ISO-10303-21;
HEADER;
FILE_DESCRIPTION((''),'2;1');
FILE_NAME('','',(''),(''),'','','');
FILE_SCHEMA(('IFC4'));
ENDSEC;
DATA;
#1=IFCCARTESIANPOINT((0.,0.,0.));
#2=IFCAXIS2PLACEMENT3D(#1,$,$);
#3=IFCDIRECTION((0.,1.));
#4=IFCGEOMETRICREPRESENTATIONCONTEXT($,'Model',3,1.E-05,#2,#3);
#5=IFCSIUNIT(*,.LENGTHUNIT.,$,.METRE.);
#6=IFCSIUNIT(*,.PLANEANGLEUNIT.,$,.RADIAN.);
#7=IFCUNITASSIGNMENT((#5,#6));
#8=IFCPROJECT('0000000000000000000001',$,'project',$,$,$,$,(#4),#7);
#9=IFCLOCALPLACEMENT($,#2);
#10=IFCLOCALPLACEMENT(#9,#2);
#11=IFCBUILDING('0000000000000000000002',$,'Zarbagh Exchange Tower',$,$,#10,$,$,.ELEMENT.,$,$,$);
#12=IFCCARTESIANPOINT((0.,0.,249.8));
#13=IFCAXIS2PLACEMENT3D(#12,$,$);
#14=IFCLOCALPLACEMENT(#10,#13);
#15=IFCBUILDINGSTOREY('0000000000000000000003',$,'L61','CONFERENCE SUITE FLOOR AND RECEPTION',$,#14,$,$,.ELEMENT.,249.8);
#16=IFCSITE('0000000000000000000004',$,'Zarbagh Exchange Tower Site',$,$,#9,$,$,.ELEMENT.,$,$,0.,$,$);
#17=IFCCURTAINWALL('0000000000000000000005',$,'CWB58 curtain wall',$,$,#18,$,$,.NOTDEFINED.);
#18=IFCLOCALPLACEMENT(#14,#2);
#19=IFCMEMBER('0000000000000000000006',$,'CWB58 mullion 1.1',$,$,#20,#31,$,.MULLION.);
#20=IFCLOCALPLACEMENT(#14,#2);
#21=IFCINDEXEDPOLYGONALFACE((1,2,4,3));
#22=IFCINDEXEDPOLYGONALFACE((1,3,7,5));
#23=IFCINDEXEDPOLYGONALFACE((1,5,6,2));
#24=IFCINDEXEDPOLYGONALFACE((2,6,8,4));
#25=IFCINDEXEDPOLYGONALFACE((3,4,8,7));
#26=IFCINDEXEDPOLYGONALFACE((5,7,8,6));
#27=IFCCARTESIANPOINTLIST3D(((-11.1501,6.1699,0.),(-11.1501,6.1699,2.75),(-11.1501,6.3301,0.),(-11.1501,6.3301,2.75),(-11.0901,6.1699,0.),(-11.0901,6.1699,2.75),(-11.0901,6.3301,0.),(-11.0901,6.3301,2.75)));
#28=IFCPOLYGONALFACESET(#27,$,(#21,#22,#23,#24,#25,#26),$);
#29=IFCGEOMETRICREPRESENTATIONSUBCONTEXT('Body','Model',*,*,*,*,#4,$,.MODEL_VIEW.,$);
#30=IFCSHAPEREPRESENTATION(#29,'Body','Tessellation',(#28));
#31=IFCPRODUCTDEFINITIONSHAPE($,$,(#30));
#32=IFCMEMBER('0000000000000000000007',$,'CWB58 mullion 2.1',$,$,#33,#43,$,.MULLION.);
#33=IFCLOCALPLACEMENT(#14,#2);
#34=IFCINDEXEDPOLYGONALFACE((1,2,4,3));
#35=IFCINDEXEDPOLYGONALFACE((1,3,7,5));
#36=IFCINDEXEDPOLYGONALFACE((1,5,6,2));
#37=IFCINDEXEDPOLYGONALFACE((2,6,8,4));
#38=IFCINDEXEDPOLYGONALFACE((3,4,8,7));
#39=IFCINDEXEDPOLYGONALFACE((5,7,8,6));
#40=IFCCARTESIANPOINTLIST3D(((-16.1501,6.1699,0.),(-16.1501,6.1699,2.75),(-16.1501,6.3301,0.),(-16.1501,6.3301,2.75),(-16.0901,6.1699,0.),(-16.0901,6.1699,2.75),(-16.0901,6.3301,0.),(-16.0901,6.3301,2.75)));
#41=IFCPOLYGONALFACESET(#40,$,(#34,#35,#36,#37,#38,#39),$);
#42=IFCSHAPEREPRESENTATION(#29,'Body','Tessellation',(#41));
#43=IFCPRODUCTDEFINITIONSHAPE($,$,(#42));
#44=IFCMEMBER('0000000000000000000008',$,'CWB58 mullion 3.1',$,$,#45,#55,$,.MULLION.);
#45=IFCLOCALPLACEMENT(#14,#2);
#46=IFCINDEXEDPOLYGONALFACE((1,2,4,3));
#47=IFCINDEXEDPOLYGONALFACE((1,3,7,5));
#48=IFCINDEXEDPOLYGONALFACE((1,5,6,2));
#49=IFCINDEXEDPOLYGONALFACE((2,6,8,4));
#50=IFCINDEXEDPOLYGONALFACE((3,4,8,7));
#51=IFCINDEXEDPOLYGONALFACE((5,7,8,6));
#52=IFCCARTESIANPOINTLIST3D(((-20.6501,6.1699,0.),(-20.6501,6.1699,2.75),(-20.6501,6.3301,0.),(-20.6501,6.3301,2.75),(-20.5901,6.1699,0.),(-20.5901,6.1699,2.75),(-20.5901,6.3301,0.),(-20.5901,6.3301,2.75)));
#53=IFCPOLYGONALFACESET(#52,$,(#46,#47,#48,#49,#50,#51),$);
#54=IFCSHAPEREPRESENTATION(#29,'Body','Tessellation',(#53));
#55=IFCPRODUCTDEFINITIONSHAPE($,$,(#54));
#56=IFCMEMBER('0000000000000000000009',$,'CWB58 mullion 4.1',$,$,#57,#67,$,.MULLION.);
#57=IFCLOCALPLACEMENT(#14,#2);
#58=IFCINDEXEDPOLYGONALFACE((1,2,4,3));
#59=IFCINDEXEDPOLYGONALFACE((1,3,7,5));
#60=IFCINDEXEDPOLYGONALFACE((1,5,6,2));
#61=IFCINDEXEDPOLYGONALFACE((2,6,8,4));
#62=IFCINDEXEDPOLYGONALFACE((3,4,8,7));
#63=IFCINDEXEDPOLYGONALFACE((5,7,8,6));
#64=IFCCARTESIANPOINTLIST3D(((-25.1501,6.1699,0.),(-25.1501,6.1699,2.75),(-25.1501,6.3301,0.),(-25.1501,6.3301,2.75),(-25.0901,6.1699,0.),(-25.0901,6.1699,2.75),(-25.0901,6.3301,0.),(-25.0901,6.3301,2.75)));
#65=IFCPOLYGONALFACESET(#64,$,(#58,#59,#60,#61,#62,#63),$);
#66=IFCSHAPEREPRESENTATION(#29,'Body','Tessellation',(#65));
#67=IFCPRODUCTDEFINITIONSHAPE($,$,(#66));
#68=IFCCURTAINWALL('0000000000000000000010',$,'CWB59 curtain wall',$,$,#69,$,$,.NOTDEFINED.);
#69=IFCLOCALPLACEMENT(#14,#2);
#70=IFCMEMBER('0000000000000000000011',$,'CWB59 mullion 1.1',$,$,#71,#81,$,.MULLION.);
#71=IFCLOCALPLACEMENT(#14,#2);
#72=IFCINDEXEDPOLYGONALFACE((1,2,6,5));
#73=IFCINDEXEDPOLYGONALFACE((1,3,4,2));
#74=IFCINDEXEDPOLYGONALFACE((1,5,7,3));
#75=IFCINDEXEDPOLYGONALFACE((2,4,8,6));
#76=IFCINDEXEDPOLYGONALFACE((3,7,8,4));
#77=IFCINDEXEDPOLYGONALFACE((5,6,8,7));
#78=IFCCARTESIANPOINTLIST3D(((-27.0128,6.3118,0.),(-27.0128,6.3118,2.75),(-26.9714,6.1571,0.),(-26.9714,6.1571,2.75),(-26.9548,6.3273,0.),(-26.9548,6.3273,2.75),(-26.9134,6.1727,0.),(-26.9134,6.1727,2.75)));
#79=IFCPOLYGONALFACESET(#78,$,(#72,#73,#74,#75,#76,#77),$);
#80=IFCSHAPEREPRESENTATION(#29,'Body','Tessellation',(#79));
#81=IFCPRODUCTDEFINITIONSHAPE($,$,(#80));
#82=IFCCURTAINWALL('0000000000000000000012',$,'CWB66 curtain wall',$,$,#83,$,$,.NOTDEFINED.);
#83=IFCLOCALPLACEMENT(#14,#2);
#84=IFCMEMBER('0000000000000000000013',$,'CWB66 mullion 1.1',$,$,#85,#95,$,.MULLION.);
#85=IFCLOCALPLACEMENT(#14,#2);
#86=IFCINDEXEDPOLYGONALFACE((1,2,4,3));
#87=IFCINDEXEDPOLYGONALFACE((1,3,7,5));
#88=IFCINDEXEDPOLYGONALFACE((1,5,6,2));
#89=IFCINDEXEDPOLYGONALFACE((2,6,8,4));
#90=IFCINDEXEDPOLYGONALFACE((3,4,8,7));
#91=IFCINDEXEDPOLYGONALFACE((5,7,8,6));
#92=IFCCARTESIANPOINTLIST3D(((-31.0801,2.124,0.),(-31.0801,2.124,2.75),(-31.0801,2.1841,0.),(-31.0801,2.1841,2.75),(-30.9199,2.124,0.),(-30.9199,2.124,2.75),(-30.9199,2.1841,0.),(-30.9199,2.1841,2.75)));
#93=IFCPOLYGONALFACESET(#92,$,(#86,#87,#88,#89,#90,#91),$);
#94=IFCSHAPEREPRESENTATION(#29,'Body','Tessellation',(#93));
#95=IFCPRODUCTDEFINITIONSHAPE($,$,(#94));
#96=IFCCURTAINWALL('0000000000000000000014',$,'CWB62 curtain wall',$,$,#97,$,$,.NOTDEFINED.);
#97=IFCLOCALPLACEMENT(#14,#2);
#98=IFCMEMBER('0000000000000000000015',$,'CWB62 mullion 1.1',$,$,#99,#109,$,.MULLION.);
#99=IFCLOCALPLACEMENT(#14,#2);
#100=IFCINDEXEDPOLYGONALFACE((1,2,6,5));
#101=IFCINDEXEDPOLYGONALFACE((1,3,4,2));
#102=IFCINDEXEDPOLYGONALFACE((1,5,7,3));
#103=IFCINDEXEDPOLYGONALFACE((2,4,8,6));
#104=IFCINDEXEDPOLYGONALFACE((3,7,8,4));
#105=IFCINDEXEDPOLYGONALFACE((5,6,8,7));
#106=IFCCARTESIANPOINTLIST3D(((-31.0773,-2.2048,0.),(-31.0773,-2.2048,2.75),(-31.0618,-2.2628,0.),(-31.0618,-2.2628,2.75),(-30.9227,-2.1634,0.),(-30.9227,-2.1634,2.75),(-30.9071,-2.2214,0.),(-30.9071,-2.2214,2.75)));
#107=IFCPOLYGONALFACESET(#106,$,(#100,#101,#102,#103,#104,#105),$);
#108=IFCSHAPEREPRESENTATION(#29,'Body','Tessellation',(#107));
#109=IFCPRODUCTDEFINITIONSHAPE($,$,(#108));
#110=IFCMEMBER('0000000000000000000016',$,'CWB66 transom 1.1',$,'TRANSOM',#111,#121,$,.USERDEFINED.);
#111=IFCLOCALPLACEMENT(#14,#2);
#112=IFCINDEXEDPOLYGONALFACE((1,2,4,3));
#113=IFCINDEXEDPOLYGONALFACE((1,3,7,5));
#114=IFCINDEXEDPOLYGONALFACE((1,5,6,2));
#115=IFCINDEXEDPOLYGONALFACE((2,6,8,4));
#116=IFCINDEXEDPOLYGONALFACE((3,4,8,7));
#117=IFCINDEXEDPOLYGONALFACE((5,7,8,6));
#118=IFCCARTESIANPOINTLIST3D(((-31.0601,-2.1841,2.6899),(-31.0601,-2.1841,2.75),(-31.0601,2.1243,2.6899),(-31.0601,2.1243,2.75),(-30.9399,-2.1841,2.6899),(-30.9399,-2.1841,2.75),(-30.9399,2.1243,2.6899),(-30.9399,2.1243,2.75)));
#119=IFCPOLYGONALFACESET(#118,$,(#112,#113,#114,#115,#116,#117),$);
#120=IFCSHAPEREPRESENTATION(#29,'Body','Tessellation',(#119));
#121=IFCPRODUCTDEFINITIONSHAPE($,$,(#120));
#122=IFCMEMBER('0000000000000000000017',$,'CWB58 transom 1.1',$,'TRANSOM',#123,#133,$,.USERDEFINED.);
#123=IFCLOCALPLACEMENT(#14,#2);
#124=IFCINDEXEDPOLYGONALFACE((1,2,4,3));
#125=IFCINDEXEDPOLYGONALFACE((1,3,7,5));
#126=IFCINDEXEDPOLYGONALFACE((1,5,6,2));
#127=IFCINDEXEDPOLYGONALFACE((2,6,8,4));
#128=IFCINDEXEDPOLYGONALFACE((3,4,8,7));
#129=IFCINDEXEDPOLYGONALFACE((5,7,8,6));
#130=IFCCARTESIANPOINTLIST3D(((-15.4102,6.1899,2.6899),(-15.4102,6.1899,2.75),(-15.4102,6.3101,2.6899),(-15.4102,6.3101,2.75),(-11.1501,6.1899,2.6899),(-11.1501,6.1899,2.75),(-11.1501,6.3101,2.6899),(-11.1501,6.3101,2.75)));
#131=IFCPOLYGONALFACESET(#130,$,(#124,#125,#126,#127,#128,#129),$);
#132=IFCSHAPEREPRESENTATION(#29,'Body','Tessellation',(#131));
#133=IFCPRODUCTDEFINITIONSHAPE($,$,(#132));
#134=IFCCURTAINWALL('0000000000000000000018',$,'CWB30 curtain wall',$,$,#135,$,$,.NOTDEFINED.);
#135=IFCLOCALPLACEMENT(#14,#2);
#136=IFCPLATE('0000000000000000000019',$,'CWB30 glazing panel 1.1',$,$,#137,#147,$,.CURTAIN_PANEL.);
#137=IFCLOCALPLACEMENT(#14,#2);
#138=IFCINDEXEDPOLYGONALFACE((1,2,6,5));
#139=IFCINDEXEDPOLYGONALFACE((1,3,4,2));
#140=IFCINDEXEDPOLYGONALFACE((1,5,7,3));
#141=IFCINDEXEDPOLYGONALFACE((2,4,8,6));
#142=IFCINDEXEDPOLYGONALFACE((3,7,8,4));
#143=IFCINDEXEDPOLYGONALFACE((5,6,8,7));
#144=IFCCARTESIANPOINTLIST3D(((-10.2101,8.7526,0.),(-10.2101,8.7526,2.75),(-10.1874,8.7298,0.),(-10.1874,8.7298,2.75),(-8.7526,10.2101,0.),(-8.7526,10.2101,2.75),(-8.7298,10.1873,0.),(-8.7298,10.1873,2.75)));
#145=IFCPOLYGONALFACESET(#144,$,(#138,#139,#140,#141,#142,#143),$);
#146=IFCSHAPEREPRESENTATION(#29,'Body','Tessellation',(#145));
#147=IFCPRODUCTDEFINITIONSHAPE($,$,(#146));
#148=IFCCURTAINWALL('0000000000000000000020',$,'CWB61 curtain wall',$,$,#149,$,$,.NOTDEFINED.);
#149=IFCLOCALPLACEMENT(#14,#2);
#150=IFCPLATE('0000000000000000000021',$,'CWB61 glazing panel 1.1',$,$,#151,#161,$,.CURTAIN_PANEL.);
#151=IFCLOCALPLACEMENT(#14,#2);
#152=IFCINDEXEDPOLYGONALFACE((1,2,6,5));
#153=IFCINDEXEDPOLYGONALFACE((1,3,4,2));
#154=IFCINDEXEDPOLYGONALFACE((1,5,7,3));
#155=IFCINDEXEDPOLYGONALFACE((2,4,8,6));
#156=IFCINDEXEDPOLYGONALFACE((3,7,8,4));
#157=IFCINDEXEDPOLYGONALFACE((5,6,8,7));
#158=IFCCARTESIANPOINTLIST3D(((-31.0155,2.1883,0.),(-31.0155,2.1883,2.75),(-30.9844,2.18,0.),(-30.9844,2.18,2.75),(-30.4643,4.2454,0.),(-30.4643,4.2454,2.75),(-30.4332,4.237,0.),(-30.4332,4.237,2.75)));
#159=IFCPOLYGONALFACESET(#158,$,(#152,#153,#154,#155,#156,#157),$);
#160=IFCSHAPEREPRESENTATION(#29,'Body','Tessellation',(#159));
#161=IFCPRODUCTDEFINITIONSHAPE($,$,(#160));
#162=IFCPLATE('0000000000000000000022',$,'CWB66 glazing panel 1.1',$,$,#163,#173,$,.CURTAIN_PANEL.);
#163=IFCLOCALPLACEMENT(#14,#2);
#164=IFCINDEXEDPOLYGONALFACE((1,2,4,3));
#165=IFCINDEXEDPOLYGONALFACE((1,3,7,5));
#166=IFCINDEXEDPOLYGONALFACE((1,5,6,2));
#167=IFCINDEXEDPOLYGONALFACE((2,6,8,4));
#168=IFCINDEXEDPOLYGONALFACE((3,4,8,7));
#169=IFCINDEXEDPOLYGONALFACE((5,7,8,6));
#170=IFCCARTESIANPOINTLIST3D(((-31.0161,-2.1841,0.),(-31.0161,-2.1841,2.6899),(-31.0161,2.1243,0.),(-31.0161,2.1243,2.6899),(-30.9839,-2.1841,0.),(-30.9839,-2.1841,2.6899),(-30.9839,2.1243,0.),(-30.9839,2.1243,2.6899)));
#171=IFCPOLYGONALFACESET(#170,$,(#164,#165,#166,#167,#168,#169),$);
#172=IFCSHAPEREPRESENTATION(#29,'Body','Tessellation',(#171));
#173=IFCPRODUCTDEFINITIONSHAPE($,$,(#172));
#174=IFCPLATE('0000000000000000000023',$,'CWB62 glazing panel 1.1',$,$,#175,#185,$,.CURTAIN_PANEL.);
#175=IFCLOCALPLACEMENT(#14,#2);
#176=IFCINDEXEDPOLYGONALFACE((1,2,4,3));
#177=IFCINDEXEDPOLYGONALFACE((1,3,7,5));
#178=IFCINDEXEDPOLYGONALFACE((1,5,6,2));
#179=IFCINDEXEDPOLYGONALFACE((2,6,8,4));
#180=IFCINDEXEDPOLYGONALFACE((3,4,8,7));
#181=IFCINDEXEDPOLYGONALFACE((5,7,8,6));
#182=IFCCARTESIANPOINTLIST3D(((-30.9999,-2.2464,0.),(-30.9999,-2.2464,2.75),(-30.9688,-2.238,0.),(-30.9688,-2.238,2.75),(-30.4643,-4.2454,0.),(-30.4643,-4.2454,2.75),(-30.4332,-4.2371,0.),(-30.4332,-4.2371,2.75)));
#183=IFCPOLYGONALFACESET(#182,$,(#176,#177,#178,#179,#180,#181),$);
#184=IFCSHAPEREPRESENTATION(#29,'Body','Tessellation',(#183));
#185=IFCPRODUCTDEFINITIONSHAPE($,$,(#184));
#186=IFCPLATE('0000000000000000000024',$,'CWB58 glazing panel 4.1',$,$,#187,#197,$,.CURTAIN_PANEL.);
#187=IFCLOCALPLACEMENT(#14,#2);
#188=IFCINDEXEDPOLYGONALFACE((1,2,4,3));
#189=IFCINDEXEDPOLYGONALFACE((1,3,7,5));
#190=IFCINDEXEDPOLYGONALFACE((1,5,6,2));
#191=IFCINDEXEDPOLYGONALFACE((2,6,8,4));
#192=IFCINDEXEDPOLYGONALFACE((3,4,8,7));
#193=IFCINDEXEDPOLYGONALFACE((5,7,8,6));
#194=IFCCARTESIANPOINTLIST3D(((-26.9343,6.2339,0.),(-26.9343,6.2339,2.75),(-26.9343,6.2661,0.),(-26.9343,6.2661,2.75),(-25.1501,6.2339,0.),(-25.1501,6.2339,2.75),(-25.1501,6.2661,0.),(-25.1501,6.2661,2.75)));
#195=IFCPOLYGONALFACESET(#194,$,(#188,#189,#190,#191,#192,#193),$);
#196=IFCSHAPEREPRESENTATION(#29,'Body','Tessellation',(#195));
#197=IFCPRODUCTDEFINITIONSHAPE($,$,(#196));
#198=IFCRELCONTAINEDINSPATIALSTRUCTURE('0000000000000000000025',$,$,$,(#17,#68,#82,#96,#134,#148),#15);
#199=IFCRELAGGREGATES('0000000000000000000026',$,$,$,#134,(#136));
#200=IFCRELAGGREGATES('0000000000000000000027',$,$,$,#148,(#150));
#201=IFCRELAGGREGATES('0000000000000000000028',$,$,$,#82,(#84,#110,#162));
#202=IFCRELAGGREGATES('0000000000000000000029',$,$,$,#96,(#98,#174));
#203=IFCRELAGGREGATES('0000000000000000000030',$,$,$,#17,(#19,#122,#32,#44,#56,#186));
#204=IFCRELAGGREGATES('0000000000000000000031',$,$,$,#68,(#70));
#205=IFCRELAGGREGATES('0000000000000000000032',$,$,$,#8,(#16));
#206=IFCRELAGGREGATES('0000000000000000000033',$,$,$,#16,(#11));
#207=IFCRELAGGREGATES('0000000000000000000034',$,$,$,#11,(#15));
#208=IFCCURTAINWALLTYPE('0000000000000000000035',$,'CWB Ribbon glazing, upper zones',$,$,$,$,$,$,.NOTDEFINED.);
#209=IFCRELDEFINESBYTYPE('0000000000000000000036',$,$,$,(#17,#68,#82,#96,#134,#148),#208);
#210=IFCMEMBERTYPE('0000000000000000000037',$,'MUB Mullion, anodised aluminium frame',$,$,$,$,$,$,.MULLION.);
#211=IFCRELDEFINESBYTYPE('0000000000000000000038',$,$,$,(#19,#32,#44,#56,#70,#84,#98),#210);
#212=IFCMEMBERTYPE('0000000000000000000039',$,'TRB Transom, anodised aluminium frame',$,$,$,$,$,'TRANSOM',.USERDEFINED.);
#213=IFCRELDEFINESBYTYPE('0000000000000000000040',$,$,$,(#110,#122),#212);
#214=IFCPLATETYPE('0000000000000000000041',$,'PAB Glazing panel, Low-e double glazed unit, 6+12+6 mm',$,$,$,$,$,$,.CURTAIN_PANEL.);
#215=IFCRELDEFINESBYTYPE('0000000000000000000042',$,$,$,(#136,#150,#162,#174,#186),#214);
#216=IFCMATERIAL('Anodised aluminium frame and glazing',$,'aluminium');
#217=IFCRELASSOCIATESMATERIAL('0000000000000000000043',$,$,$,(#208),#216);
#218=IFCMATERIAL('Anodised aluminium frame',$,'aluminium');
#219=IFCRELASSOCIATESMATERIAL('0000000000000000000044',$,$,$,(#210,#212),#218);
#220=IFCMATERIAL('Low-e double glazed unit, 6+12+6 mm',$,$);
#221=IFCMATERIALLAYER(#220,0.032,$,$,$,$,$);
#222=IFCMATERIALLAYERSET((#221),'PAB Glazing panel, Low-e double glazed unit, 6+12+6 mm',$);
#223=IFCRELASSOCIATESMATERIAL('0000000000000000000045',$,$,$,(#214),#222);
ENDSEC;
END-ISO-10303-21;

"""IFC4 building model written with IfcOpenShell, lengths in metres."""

from ifc_helpers import new_model, si_unit, direction, frame, origin, place, context, subcontext, project, spatial, polyline, outline, extrude, source, transform, mapped, material, layer, layer_set, type_object, element, aggregate, save


model = new_model("IFC4")

# Units and contexts
model_context = context("Model", 3, precision=1e-05, world=origin(), true_north=direction((0.0, 1.0)))
body_context = subcontext(model_context, "Body", "Model", "MODEL_VIEW")
ifc_project = project(units=[si_unit("LENGTHUNIT", "METRE"), si_unit("PLANEANGLEUNIT", "RADIAN")], contexts=[model_context])

# Site, building, storey
site_placement = place(None, origin())
site = spatial("IfcSite", under=ifc_project, at=site_placement, Name="Zarbagh Exchange Tower Site", CompositionType="ELEMENT", RefElevation=0.0)
building_placement = place(site_placement, origin())
building = spatial("IfcBuilding", under=site, at=building_placement, Name="Zarbagh Exchange Tower", CompositionType="ELEMENT")
storey_placement = place(building_placement, frame((0.0, 0.0, 249.8)))
storey = spatial("IfcBuildingStorey", under=building, at=storey_placement, Name="L61", Description="CONFERENCE SUITE FLOOR AND RECEPTION", CompositionType="ELEMENT", Elevation=249.8)

# Curtain wall, members
ifc_material_1 = material(Name="Anodised aluminium frame and glazing", Category="aluminium")
curtain_wall_type = type_object("IfcCurtainWallType", Name="CWB Ribbon glazing, upper zones", PredefinedType="NOTDEFINED", material=ifc_material_1)
curtain_wall_1_placement = place(storey_placement, origin())
curtain_wall_1 = element("IfcCurtainWall", 1, at=curtain_wall_1_placement, inside=storey, type_object=curtain_wall_type, Name="CWB58 curtain wall", PredefinedType="NOTDEFINED")
ifc_material_2 = material(Name="Anodised aluminium frame", Category="aluminium")
member_type_1 = type_object("IfcMemberType", Name="MUB Mullion, anodised aluminium frame", PredefinedType="MULLION", material=ifc_material_2)
shared_shape_1 = source(origin(), body_context, "Body", "SweptSolid", [
    extrude(outline(polyline([(0.0, -0.0801), (0.0601, -0.0801), (0.0601, 0.0801), (0.0, 0.0801), (0.0, -0.0801)])), origin(), (0.0, 0.0, 1.0), 2.75),
])
placement = place(storey_placement, origin())
member_1 = element("IfcMember", 2, at=placement, type_object=member_type_1, Name="CWB58 mullion 1.1", PredefinedType="MULLION", context=body_context, shape_type="MappedRepresentation", body=[
    mapped(shared_shape_1, transform((-11.0901, 6.25, 0.0), x_axis=(-1.0, 0.0, 0.0), y_axis=(0.0, -1.0, 0.0), z_axis=(0.0, 0.0, 1.0))),
])
member_2 = element("IfcMember", 3, at=placement, type_object=member_type_1, Name="CWB58 mullion 2.1", PredefinedType="MULLION", context=body_context, shape_type="MappedRepresentation", body=[
    mapped(shared_shape_1, transform((-16.0901, 6.25, 0.0), x_axis=(-1.0, 0.0, 0.0), y_axis=(0.0, -1.0, 0.0), z_axis=(0.0, 0.0, 1.0))),
])
member_3 = element("IfcMember", 4, at=placement, type_object=member_type_1, Name="CWB58 mullion 3.1", PredefinedType="MULLION", context=body_context, shape_type="MappedRepresentation", body=[
    mapped(shared_shape_1, transform((-20.5901, 6.25, 0.0), x_axis=(-1.0, 0.0, 0.0), y_axis=(0.0, -1.0, 0.0), z_axis=(0.0, 0.0, 1.0))),
])
member_4 = element("IfcMember", 5, at=placement, type_object=member_type_1, Name="CWB58 mullion 4.1", PredefinedType="MULLION", context=body_context, shape_type="MappedRepresentation", body=[
    mapped(shared_shape_1, transform((-25.0901, 6.25, 0.0), x_axis=(-1.0, 0.0, 0.0), y_axis=(0.0, -1.0, 0.0), z_axis=(0.0, 0.0, 1.0))),
])

# Curtain walls, members
curtain_wall_2_placement = place(storey_placement, origin())
curtain_wall_2 = element("IfcCurtainWall", 6, at=curtain_wall_2_placement, inside=storey, type_object=curtain_wall_type, Name="CWB59 curtain wall", PredefinedType="NOTDEFINED")
member_5 = element("IfcMember", 7, at=placement, type_object=member_type_1, Name="CWB59 mullion 1.1", PredefinedType="MULLION", context=body_context, shape_type="MappedRepresentation", body=[
    mapped(shared_shape_1, transform((-26.9341, 6.25, 0.0), x_axis=(-0.965924, -0.258825, 0.0), y_axis=(0.258825, -0.965924, 0.0), z_axis=(0.0, 0.0, 1.0))),
])
curtain_wall_3_placement = place(storey_placement, origin())
curtain_wall_3 = element("IfcCurtainWall", 8, at=curtain_wall_3_placement, inside=storey, type_object=curtain_wall_type, Name="CWB66 curtain wall", PredefinedType="NOTDEFINED")
member_6 = element("IfcMember", 9, at=placement, type_object=member_type_1, Name="CWB66 mullion 1.1", PredefinedType="MULLION", context=body_context, shape_type="MappedRepresentation", body=[
    mapped(shared_shape_1, transform((-31.0, 2.1841, 0.0), x_axis=(0.0, -1.0, 0.0), y_axis=(1.0, 0.0, 0.0), z_axis=(0.0, 0.0, 1.0))),
])
curtain_wall_4_placement = place(storey_placement, origin())
curtain_wall_4 = element("IfcCurtainWall", 10, at=curtain_wall_4_placement, inside=storey, type_object=curtain_wall_type, Name="CWB62 curtain wall", PredefinedType="NOTDEFINED")
member_7 = element("IfcMember", 11, at=placement, type_object=member_type_1, Name="CWB62 mullion 1.1", PredefinedType="MULLION", context=body_context, shape_type="MappedRepresentation", body=[
    mapped(shared_shape_1, transform((-31.0, -2.1841, 0.0), x_axis=(0.258825, -0.965924, 0.0), y_axis=(0.965924, 0.258825, 0.0), z_axis=(0.0, 0.0, 1.0))),
])

# Members
member_type_2 = type_object("IfcMemberType", Name="TRB Transom, anodised aluminium frame", ElementType="TRANSOM", PredefinedType="USERDEFINED", material=ifc_material_2)
shared_shape_2 = source(origin(), body_context, "Body", "SweptSolid", [
    extrude(outline(polyline([(-0.0601, -0.0601), (0.0, -0.0601), (0.0, 0.0601), (-0.0601, 0.0601), (-0.0601, -0.0601)])), origin(), (0.0, 0.0, 1.0), 4.3083),
])
member_8 = element("IfcMember", 12, at=placement, type_object=member_type_2, Name="CWB66 transom 1.1", ObjectType="TRANSOM", PredefinedType="USERDEFINED", context=body_context, shape_type="MappedRepresentation", body=[
    mapped(shared_shape_2, transform((-31.0, 2.1243, 2.75), x_axis=(0.0, 0.0, 1.0), y_axis=(-1.0, 0.0, 0.0), z_axis=(0.0, -1.0, 0.0))),
])
shared_shape_3 = source(origin(), body_context, "Body", "SweptSolid", [
    extrude(outline(polyline([(-0.0601, -0.0601), (0.0, -0.0601), (0.0, 0.0601), (-0.0601, 0.0601), (-0.0601, -0.0601)])), origin(), (0.0, 0.0, 1.0), 4.26),
])
member_9 = element("IfcMember", 13, at=placement, type_object=member_type_2, Name="CWB58 transom 1.1", ObjectType="TRANSOM", PredefinedType="USERDEFINED", context=body_context, shape_type="MappedRepresentation", body=[
    mapped(shared_shape_3, transform((-11.1501, 6.25, 2.75), x_axis=(0.0, 0.0, 1.0), y_axis=(0.0, 1.0, 0.0), z_axis=(-1.0, 0.0, 0.0))),
])

# Curtain walls, plates
curtain_wall_5_placement = place(storey_placement, origin())
curtain_wall_5 = element("IfcCurtainWall", 14, at=curtain_wall_5_placement, inside=storey, type_object=curtain_wall_type, Name="CWB30 curtain wall", PredefinedType="NOTDEFINED")
ifc_material_3 = material(Name="Low-e double glazed unit, 6+12+6 mm")
ifc_layer = layer(ifc_material_3, 0.032)
ifc_layer_set = layer_set([ifc_layer], Name="PAB Glazing panel, Low-e double glazed unit, 6+12+6 mm")
plate_type = type_object("IfcPlateType", Name="PAB Glazing panel, Low-e double glazed unit, 6+12+6 mm", PredefinedType="CURTAIN_PANEL", material=ifc_layer_set)
shared_shape_4 = source(origin(), body_context, "Body", "SweptSolid", [
    extrude(outline(polyline([(0.0, -0.0161), (2.0613, -0.0161), (2.0613, 0.0161), (0.0, 0.0161), (0.0, -0.0161)])), origin(), (0.0, 0.0, 1.0), 2.75),
])
plate_1 = element("IfcPlate", 15, at=placement, type_object=plate_type, Name="CWB30 glazing panel 1.1", PredefinedType="CURTAIN_PANEL", context=body_context, shape_type="MappedRepresentation", body=[
    mapped(shared_shape_4, transform((-8.7412, 10.1987, 0.0), x_axis=(-0.707107, -0.707107, 0.0), y_axis=(0.707107, -0.707107, 0.0), z_axis=(0.0, 0.0, 1.0))),
])
aggregate(curtain_wall_5, [plate_1])
curtain_wall_6_placement = place(storey_placement, origin())
curtain_wall_6 = element("IfcCurtainWall", 16, at=curtain_wall_6_placement, inside=storey, type_object=curtain_wall_type, Name="CWB61 curtain wall", PredefinedType="NOTDEFINED")
shared_shape_5 = source(origin(), body_context, "Body", "SweptSolid", [
    extrude(outline(polyline([(0.0, -0.0161), (2.1296, -0.0161), (2.1296, 0.0161), (0.0, 0.0161), (0.0, -0.0161)])), origin(), (0.0, 0.0, 1.0), 2.75),
])
plate_2 = element("IfcPlate", 17, at=placement, type_object=plate_type, Name="CWB61 glazing panel 1.1", PredefinedType="CURTAIN_PANEL", context=body_context, shape_type="MappedRepresentation", body=[
    mapped(shared_shape_5, transform((-30.4487, 4.2412, 0.0), x_axis=(-0.258825, -0.965924, 0.0), y_axis=(0.965924, -0.258825, 0.0), z_axis=(0.0, 0.0, 1.0))),
])
aggregate(curtain_wall_6, [plate_2])

# Plates
shared_shape_6 = source(origin(), body_context, "Body", "SweptSolid", [
    extrude(outline(polyline([(0.0, -0.0161), (4.3083, -0.0161), (4.3083, 0.0161), (0.0, 0.0161), (0.0, -0.0161)])), origin(), (0.0, 0.0, 1.0), 2.6899),
])
plate_3 = element("IfcPlate", 18, at=placement, type_object=plate_type, Name="CWB66 glazing panel 1.1", PredefinedType="CURTAIN_PANEL", context=body_context, shape_type="MappedRepresentation", body=[
    mapped(shared_shape_6, transform((-31.0, 2.1243, 0.0), x_axis=(0.0, -1.0, 0.0), y_axis=(1.0, 0.0, 0.0), z_axis=(0.0, 0.0, 1.0))),
])
aggregate(curtain_wall_3, [member_6, member_8, plate_3])
shared_shape_7 = source(origin(), body_context, "Body", "SweptSolid", [
    extrude(outline(polyline([(0.0, -0.0161), (2.0696, -0.0161), (2.0696, 0.0161), (0.0, 0.0161), (0.0, -0.0161)])), origin(), (0.0, 0.0, 1.0), 2.75),
])
plate_4 = element("IfcPlate", 19, at=placement, type_object=plate_type, Name="CWB62 glazing panel 1.1", PredefinedType="CURTAIN_PANEL", context=body_context, shape_type="MappedRepresentation", body=[
    mapped(shared_shape_7, transform((-30.9844, -2.2422, 0.0), x_axis=(0.258825, -0.965924, 0.0), y_axis=(0.965924, 0.258825, 0.0), z_axis=(0.0, 0.0, 1.0))),
])
aggregate(curtain_wall_4, [member_7, plate_4])
shared_shape_8 = source(origin(), body_context, "Body", "SweptSolid", [
    extrude(outline(polyline([(0.0, -0.0161), (1.7842, -0.0161), (1.7842, 0.0161), (0.0, 0.0161), (0.0, -0.0161)])), origin(), (0.0, 0.0, 1.0), 2.75),
])
plate_5 = element("IfcPlate", 20, at=placement, type_object=plate_type, Name="CWB58 glazing panel 4.1", PredefinedType="CURTAIN_PANEL", context=body_context, shape_type="MappedRepresentation", body=[
    mapped(shared_shape_8, transform((-25.1501, 6.25, 0.0), x_axis=(-1.0, 0.0, 0.0), y_axis=(0.0, -1.0, 0.0), z_axis=(0.0, 0.0, 1.0))),
])

aggregate(curtain_wall_1, [member_1, member_9, member_2, member_3, member_4, plate_5])
aggregate(curtain_wall_2, [member_5])

save(model, "model.ifc")
